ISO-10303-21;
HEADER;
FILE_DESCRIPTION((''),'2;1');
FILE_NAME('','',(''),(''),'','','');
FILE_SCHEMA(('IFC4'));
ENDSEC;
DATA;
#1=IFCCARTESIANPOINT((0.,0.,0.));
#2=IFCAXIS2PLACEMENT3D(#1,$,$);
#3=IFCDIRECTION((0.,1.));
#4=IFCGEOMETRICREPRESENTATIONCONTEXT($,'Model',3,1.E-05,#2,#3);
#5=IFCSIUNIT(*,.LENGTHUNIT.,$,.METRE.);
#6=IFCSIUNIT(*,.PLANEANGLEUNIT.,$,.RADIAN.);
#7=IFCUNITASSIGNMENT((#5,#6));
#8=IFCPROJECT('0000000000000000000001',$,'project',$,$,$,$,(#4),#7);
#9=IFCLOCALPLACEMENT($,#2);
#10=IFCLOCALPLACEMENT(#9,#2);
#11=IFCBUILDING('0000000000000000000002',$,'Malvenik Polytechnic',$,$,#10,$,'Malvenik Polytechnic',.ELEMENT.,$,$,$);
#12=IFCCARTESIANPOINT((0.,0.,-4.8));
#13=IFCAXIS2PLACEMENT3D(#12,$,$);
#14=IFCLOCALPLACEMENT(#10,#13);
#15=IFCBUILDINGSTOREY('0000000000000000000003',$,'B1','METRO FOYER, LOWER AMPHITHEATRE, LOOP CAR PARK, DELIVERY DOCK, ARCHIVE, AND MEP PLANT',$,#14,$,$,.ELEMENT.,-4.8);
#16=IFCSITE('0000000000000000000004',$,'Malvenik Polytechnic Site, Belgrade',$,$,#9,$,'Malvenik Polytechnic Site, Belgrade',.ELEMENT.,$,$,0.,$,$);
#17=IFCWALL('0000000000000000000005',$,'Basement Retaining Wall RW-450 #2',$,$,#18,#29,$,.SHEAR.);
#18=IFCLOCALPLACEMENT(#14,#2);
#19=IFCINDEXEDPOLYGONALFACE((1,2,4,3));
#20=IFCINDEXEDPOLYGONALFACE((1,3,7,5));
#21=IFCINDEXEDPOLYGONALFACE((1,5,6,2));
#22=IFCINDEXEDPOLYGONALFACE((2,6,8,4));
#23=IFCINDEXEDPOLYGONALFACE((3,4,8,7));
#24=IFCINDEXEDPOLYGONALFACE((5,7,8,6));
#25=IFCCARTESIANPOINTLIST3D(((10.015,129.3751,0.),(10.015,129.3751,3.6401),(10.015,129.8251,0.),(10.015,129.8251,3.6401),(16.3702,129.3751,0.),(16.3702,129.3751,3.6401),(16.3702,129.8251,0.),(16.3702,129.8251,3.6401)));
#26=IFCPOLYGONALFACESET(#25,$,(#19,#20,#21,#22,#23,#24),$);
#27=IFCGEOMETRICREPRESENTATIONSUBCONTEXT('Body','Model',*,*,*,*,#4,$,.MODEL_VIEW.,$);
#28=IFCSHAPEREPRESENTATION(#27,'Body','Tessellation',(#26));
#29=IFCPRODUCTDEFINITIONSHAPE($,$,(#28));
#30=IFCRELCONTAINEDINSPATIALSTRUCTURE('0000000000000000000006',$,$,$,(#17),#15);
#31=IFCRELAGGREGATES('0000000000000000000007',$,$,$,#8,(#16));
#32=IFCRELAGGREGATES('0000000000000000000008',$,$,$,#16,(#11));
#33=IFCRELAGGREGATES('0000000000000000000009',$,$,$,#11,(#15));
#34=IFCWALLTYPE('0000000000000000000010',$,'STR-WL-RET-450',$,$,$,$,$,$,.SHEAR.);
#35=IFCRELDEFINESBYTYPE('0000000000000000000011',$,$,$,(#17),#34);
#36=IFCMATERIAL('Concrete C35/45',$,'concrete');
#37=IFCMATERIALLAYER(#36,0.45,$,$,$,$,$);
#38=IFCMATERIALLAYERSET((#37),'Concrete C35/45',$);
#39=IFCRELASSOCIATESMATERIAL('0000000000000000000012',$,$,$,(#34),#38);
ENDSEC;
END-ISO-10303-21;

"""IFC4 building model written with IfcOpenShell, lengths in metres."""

from ifc_helpers import new_model, si_unit, direction, frame, frame_2d, origin, place, context, subcontext, project, spatial, rectangle, extrude, material, layer, layer_set, type_object, element, save


model = new_model("IFC4")

# Units and contexts
model_context = context("Model", 3, precision=1e-05, world=origin(), true_north=direction((0.0, 1.0)))
body_context = subcontext(model_context, "Body", "Model", "MODEL_VIEW")
ifc_project = project(units=[si_unit("LENGTHUNIT", "METRE"), si_unit("PLANEANGLEUNIT", "RADIAN")], contexts=[model_context])

# Site, building, storey
site_placement = place(None, origin())
site = spatial("IfcSite", under=ifc_project, at=site_placement, Name="Malvenik Polytechnic Site, Belgrade", LongName="Malvenik Polytechnic Site, Belgrade", CompositionType="ELEMENT", RefElevation=0.0)
building_placement = place(site_placement, origin())
building = spatial("IfcBuilding", under=site, at=building_placement, Name="Malvenik Polytechnic", LongName="Malvenik Polytechnic", CompositionType="ELEMENT")
storey_placement = place(building_placement, frame((0.0, 0.0, -4.8)))
storey = spatial("IfcBuildingStorey", under=building, at=storey_placement, Name="B1", Description="METRO FOYER, LOWER AMPHITHEATRE, LOOP CAR PARK, DELIVERY DOCK, ARCHIVE, AND MEP PLANT", CompositionType="ELEMENT", Elevation=-4.8)

# Shared definitions
ifc_material_1 = material(Name="Concrete C35/45", Category="concrete")

# Wall
ifc_layer_1 = layer(ifc_material_1, 0.45)
ifc_layer_set_1 = layer_set([ifc_layer_1], Name="Concrete C35/45")
wall_type_1 = type_object("IfcWallType", Name="STR-WL-RET-450", PredefinedType="SHEAR", material=ifc_layer_set_1)
wall_1_placement = place(storey_placement, frame((10.0149, 129.6001, 0.0), z_axis=(0.0, 0.0, 1.0), x_axis=(1.0, 0.0, 0.0)))
element("IfcWall", 1, at=wall_1_placement, inside=storey, type_object=wall_type_1, Name="Basement Retaining Wall RW-450 #2", PredefinedType="SHEAR", context=body_context, shape_type="SweptSolid", body=[
    extrude(rectangle(XDim=6.3552, YDim=0.45, at=frame_2d((3.1777, 0.0))), origin(), (0.0, 0.0, 1.0), 3.6401),
])

save(model, "model.ifc")
